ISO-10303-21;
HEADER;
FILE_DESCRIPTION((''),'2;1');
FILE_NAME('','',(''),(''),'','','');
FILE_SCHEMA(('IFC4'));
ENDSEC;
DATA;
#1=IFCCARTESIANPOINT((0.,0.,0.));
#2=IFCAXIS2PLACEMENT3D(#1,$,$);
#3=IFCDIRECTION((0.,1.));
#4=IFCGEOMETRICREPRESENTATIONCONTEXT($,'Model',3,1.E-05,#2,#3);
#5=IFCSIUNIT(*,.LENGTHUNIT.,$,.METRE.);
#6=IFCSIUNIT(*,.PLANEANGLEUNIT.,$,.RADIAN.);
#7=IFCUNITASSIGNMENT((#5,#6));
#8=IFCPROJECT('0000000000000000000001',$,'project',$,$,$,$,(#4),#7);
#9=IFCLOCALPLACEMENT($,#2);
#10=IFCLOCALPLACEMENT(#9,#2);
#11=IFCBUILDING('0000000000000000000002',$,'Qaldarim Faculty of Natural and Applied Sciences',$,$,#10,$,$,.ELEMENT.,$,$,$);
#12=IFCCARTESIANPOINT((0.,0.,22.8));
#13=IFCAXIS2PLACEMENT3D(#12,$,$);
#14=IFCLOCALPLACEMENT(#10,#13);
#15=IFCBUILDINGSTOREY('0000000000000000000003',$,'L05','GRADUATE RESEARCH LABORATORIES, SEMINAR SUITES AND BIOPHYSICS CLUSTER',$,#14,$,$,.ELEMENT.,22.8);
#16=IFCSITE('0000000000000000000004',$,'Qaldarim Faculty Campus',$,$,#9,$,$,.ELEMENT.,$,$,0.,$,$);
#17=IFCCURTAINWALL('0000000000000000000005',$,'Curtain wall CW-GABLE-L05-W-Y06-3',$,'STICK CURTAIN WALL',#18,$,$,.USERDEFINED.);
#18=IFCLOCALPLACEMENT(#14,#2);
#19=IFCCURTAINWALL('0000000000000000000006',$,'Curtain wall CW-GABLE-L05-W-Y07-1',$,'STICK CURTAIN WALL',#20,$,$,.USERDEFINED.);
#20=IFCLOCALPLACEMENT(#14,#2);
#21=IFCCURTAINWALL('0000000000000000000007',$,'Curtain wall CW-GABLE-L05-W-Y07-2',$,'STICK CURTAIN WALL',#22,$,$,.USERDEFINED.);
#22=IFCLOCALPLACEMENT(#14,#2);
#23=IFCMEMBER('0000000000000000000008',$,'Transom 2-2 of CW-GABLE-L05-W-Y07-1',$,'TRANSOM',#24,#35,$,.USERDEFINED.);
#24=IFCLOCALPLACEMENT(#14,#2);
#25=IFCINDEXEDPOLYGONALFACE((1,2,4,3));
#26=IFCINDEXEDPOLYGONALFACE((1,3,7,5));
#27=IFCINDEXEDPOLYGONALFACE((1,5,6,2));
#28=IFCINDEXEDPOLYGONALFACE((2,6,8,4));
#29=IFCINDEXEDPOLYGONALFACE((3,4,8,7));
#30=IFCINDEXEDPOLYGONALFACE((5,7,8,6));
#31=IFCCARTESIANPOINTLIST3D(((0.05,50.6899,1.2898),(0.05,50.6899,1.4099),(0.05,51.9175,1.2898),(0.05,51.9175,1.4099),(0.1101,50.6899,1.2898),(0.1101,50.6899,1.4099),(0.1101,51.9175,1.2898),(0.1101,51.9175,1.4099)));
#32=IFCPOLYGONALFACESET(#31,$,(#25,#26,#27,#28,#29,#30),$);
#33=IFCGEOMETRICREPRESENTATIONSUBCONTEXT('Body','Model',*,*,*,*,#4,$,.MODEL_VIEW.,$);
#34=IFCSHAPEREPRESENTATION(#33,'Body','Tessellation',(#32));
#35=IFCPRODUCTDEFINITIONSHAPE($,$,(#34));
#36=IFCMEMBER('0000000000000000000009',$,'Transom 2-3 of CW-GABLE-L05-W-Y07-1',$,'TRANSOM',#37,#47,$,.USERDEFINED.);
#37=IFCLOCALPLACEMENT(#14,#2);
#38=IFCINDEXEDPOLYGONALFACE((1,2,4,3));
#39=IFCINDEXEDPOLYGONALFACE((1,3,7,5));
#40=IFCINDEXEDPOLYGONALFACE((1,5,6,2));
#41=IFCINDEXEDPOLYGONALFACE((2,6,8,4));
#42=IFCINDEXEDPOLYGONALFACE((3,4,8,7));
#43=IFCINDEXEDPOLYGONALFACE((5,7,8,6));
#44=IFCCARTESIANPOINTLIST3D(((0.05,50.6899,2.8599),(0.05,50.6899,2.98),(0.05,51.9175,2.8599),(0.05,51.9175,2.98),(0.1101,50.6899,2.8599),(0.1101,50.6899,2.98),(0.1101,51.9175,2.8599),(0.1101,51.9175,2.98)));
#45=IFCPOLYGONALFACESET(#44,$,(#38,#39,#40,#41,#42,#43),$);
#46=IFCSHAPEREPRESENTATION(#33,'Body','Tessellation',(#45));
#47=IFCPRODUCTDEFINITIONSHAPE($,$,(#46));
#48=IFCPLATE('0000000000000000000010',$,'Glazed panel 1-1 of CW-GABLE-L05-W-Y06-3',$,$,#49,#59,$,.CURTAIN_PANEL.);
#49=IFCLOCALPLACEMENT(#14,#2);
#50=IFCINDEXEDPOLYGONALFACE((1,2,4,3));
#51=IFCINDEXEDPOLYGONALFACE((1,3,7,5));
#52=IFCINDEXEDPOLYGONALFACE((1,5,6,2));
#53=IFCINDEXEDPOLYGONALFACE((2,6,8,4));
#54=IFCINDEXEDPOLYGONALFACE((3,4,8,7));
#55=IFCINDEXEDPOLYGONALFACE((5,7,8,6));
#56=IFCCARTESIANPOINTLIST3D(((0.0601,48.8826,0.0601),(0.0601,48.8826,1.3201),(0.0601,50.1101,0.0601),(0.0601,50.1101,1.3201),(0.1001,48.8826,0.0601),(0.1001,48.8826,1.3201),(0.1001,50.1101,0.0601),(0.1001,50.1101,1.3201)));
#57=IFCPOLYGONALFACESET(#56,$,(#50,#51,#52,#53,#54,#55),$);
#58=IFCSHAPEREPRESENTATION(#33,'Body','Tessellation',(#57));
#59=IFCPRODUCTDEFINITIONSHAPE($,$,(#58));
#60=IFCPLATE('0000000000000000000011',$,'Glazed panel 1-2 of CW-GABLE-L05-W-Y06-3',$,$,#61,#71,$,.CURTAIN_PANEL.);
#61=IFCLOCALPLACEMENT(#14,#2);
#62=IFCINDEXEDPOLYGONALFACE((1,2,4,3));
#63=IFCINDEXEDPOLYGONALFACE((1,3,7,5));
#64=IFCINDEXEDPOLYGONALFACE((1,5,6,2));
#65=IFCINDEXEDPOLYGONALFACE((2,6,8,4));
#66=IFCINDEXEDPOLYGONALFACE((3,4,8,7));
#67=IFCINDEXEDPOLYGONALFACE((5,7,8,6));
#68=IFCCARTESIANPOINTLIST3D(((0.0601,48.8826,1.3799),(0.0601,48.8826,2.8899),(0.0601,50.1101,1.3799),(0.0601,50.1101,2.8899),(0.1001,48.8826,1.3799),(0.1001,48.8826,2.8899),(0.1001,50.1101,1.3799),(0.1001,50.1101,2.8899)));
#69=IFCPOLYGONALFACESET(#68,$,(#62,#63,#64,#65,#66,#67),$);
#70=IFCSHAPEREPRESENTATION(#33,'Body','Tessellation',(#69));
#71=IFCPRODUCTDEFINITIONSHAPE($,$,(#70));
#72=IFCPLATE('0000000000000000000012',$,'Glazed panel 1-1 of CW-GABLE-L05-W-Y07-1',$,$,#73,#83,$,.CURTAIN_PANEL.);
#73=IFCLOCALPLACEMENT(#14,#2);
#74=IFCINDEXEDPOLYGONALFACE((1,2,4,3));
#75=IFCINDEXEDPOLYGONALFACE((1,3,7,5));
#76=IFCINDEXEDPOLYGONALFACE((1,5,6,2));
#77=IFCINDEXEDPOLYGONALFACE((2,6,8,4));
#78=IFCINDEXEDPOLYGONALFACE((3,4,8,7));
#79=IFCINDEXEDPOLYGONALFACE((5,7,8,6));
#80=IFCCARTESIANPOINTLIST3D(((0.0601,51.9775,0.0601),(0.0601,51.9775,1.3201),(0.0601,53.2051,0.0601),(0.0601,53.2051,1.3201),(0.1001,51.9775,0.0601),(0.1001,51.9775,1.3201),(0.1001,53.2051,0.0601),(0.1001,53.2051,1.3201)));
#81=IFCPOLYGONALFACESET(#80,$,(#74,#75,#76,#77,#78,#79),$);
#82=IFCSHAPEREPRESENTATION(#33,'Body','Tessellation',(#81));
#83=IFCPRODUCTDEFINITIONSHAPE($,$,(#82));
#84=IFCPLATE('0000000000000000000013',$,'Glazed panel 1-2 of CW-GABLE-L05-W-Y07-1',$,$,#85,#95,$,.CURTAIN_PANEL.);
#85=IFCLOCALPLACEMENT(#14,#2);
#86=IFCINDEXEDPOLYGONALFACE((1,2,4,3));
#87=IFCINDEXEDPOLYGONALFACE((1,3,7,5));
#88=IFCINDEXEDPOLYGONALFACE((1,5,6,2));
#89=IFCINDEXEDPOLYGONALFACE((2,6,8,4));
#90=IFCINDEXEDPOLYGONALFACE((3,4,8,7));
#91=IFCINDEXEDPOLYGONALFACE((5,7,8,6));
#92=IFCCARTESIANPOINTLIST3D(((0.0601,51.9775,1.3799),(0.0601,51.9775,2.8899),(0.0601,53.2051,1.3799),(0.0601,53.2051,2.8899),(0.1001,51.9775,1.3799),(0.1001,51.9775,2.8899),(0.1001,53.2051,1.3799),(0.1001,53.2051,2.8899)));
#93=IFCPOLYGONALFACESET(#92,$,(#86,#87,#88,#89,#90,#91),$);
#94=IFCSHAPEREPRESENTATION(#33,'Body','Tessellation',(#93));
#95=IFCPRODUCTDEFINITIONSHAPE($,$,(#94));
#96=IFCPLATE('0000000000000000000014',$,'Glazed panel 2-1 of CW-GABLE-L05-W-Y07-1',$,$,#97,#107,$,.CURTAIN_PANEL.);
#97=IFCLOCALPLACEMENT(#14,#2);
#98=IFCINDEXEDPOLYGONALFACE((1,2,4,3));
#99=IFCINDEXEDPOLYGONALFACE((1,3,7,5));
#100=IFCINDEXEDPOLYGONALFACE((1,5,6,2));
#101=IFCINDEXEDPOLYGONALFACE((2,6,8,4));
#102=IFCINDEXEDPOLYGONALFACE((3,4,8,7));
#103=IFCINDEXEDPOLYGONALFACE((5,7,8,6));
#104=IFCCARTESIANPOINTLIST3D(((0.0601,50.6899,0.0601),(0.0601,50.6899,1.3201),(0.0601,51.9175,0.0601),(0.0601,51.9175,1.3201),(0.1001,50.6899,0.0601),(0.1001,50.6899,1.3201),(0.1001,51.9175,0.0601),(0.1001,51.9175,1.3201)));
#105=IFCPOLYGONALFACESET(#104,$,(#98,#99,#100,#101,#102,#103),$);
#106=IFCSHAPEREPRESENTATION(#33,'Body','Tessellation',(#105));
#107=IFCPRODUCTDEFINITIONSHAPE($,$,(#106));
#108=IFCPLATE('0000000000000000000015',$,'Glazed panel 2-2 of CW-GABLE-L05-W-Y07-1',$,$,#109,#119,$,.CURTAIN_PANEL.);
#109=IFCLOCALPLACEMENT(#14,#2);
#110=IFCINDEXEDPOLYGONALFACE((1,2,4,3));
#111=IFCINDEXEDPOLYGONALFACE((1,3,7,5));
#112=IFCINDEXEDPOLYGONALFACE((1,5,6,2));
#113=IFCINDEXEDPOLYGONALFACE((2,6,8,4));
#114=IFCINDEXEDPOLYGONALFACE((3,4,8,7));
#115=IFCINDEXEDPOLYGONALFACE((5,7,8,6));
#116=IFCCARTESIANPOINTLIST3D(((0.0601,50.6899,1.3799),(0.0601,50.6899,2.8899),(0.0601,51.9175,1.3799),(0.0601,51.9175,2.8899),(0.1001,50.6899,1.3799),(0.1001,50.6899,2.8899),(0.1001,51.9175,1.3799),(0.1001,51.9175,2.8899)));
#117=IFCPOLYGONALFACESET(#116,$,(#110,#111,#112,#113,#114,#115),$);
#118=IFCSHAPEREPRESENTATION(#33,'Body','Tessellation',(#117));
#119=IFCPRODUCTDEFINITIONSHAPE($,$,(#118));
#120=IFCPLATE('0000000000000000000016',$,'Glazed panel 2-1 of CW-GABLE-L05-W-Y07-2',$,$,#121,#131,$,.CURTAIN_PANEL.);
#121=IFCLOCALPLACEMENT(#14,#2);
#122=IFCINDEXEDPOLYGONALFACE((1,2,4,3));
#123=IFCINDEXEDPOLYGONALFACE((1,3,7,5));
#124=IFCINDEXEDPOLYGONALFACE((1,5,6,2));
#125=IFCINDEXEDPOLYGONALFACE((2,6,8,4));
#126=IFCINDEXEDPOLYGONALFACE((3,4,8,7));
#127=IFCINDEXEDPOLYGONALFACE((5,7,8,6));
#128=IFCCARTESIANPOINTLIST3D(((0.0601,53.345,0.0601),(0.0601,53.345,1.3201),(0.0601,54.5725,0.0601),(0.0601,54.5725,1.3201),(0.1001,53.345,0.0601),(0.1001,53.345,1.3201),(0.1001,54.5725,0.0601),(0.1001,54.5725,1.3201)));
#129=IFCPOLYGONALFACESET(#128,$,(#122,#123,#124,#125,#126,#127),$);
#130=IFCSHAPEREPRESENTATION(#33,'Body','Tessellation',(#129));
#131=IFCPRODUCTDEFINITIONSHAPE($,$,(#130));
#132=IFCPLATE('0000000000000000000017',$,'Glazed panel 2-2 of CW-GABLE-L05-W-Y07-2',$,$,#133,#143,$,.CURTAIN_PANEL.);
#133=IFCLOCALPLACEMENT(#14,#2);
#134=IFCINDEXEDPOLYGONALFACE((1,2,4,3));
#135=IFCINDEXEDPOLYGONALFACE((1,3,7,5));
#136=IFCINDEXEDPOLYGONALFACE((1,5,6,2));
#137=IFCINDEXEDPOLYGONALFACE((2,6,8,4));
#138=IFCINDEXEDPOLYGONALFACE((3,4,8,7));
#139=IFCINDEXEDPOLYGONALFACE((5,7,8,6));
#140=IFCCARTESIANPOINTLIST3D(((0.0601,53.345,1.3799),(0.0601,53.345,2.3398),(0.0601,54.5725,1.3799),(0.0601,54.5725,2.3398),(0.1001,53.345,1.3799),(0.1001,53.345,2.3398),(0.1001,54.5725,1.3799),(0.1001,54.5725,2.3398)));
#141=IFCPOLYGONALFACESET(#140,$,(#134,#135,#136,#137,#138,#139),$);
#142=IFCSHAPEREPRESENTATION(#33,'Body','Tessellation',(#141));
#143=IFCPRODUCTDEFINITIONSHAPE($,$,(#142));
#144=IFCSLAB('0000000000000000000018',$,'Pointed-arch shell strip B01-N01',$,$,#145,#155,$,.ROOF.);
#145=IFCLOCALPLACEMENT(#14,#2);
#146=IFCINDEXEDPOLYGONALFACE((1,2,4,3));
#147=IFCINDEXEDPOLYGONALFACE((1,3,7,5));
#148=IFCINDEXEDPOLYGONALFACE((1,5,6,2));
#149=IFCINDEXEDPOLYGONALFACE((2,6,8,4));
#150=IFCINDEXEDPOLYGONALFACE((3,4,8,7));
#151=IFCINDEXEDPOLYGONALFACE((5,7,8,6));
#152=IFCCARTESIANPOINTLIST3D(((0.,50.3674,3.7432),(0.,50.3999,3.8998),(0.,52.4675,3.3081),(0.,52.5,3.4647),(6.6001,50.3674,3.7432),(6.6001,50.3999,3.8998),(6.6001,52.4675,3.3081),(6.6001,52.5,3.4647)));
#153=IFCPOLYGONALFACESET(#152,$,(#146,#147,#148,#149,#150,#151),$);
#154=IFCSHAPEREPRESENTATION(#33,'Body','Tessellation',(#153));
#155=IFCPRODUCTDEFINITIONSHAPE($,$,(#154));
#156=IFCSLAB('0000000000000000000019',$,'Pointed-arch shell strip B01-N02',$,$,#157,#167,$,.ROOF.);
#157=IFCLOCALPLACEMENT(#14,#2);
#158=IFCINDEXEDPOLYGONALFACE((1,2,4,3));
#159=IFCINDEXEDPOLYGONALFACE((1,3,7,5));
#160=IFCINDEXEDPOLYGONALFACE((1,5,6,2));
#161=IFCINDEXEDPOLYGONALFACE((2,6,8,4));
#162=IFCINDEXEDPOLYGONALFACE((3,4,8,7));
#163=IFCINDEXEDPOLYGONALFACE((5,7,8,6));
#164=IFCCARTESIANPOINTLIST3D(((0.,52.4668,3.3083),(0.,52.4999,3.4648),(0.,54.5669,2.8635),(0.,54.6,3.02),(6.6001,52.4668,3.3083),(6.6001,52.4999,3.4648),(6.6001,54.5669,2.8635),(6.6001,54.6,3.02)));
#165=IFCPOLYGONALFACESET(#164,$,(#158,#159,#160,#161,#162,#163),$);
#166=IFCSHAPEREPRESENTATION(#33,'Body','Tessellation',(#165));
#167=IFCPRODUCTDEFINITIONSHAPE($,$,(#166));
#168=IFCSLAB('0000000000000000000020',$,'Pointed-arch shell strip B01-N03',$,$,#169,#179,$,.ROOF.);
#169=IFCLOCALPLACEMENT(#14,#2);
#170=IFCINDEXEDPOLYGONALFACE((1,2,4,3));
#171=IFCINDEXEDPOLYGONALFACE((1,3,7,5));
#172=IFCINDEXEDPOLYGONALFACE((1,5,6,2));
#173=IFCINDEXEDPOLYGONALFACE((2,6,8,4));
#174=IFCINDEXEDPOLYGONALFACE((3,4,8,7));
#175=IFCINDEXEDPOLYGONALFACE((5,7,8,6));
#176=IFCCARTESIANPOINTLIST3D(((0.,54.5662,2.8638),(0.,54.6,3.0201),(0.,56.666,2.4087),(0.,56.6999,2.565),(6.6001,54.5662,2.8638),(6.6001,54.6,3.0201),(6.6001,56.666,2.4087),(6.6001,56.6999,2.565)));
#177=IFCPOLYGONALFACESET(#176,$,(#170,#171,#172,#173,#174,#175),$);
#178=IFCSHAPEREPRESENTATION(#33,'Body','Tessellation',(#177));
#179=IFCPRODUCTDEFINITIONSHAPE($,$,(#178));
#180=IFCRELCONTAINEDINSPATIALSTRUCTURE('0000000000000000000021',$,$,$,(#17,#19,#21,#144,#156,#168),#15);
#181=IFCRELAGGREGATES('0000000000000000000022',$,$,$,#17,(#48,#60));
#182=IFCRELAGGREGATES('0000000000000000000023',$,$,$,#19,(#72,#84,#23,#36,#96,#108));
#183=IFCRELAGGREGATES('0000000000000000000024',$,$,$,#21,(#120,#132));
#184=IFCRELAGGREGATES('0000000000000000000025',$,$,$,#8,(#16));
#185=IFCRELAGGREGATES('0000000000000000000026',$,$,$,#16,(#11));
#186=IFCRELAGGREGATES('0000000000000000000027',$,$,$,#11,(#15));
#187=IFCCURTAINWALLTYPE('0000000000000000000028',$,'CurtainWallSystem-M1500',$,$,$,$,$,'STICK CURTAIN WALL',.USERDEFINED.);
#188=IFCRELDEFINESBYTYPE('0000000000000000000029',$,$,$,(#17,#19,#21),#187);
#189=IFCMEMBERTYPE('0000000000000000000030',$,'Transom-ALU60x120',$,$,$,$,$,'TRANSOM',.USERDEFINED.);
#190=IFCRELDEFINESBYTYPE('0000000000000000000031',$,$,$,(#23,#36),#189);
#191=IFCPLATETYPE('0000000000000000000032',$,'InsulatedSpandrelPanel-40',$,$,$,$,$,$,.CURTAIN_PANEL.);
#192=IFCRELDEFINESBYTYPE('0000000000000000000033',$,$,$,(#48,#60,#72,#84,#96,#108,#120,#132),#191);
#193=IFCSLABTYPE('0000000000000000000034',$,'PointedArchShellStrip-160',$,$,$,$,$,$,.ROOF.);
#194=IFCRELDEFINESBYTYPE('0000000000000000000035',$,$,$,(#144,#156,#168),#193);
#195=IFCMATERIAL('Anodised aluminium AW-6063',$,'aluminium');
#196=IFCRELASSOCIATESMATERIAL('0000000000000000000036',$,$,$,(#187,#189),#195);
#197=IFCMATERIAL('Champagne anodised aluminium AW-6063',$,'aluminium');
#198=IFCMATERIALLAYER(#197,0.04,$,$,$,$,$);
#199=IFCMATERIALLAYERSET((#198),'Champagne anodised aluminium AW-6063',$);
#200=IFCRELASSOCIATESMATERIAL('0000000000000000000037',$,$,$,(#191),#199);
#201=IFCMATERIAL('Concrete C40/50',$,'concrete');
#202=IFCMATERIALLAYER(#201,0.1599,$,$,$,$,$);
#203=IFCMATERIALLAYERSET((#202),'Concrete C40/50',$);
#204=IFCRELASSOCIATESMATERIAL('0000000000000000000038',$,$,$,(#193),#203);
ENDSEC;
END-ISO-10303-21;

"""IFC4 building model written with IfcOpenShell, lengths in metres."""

from ifc_helpers import new_model, si_unit, direction, frame, origin, origin_2d, place, context, subcontext, project, spatial, polyline, rectangle, outline, extrude, material, layer, layer_set, material_profile, profile_set, type_object, element, aggregate, save


model = new_model("IFC4")

# Units and contexts
model_context = context("Model", 3, precision=1e-05, world=origin(), true_north=direction((0.0, 1.0)))
body_context = subcontext(model_context, "Body", "Model", "MODEL_VIEW")
ifc_project = project(units=[si_unit("LENGTHUNIT", "METRE"), si_unit("PLANEANGLEUNIT", "RADIAN")], contexts=[model_context])

# Site, building, storey
site_placement = place(None, origin())
site = spatial("IfcSite", under=ifc_project, at=site_placement, Name="Qaldarim Faculty Campus", CompositionType="ELEMENT", RefElevation=0.0)
building_placement = place(site_placement, origin())
building = spatial("IfcBuilding", under=site, at=building_placement, Name="Qaldarim Faculty of Natural and Applied Sciences", CompositionType="ELEMENT")
storey_placement = place(building_placement, frame((0.0, 0.0, 22.8)))
storey = spatial("IfcBuildingStorey", under=building, at=storey_placement, Name="L05", Description="GRADUATE RESEARCH LABORATORIES, SEMINAR SUITES AND BIOPHYSICS CLUSTER", CompositionType="ELEMENT", Elevation=22.8)

# Shared definitions
ifc_material_1 = material(Name="Concrete C40/50", Category="concrete")

# Curtain wall
ifc_material_2 = material(Name="Anodised aluminium AW-6063", Category="aluminium")
curtain_wall_type = type_object("IfcCurtainWallType", Name="CurtainWallSystem-M1500", ElementType="STICK CURTAIN WALL", PredefinedType="USERDEFINED", material=ifc_material_2)
curtain_wall_1_placement = place(storey_placement, origin())
curtain_wall_1 = element("IfcCurtainWall", 1, at=curtain_wall_1_placement, inside=storey, type_object=curtain_wall_type, Name="Curtain wall CW-GABLE-L05-W-Y06-3", ObjectType="STICK CURTAIN WALL", PredefinedType="USERDEFINED")

# Curtain wall
curtain_wall_2_placement = place(storey_placement, origin())
curtain_wall_2 = element("IfcCurtainWall", 2, at=curtain_wall_2_placement, inside=storey, type_object=curtain_wall_type, Name="Curtain wall CW-GABLE-L05-W-Y07-1", ObjectType="STICK CURTAIN WALL", PredefinedType="USERDEFINED")

# Curtain wall
curtain_wall_3_placement = place(storey_placement, origin())
curtain_wall_3 = element("IfcCurtainWall", 3, at=curtain_wall_3_placement, inside=storey, type_object=curtain_wall_type, Name="Curtain wall CW-GABLE-L05-W-Y07-2", ObjectType="STICK CURTAIN WALL", PredefinedType="USERDEFINED")

# Members
ifc_material_profile_1 = material_profile(ifc_material_2, rectangle(XDim=0.0601, YDim=0.1201, at=origin_2d()), Name="ALU-T60x120")
ifc_profile_set_1 = profile_set([ifc_material_profile_1], Name="Anodised aluminium AW-6063")
member_type_1 = type_object("IfcMemberType", Name="Transom-ALU60x120", ElementType="TRANSOM", PredefinedType="USERDEFINED", material=ifc_profile_set_1)
member_1_placement = place(storey_placement, frame((0.0801, 51.9175, 1.3499), z_axis=(0.0, -1.0, 0.0), x_axis=(1.0, 0.0, 0.0)))
member_1 = element("IfcMember", 4, at=member_1_placement, type_object=member_type_1, Name="Transom 2-2 of CW-GABLE-L05-W-Y07-1", ObjectType="TRANSOM", PredefinedType="USERDEFINED", context=body_context, shape_type="SweptSolid", body=[
    extrude(rectangle(XDim=0.0601, YDim=0.1201, at=origin_2d()), origin(), (0.0, 0.0, 1.0), 1.2275),
])
member_2_placement = place(storey_placement, frame((0.0801, 51.9175, 2.9199), z_axis=(0.0, -1.0, 0.0), x_axis=(1.0, 0.0, 0.0)))
member_2 = element("IfcMember", 5, at=member_2_placement, type_object=member_type_1, Name="Transom 2-3 of CW-GABLE-L05-W-Y07-1", ObjectType="TRANSOM", PredefinedType="USERDEFINED", context=body_context, shape_type="SweptSolid", body=[
    extrude(rectangle(XDim=0.0601, YDim=0.1201, at=origin_2d()), origin(), (0.0, 0.0, 1.0), 1.2275),
])

# Plates
ifc_material_3 = material(Name="Champagne anodised aluminium AW-6063", Category="aluminium")
ifc_layer_1 = layer(ifc_material_3, 0.04)
ifc_layer_set_1 = layer_set([ifc_layer_1], Name="Champagne anodised aluminium AW-6063")
plate_type = type_object("IfcPlateType", Name="InsulatedSpandrelPanel-40", PredefinedType="CURTAIN_PANEL", material=ifc_layer_set_1)
plate_1_placement = place(storey_placement, frame((0.0801, 49.4963, 0.0601), z_axis=(0.0, 0.0, 1.0), x_axis=(0.0, -1.0, 0.0)))
plate_1 = element("IfcPlate", 6, at=plate_1_placement, type_object=plate_type, Name="Glazed panel 1-1 of CW-GABLE-L05-W-Y06-3", PredefinedType="CURTAIN_PANEL", context=body_context, shape_type="SweptSolid", body=[
    extrude(rectangle(XDim=1.2275, YDim=0.04, at=origin_2d()), origin(), (0.0, 0.0, 1.0), 1.26),
])
plate_2_placement = place(storey_placement, frame((0.0801, 49.4963, 1.3799), z_axis=(0.0, 0.0, 1.0), x_axis=(0.0, -1.0, 0.0)))
plate_2 = element("IfcPlate", 7, at=plate_2_placement, type_object=plate_type, Name="Glazed panel 1-2 of CW-GABLE-L05-W-Y06-3", PredefinedType="CURTAIN_PANEL", context=body_context, shape_type="SweptSolid", body=[
    extrude(rectangle(XDim=1.2275, YDim=0.04, at=origin_2d()), origin(), (0.0, 0.0, 1.0), 1.51),
])
aggregate(curtain_wall_1, [plate_1, plate_2])
plate_3_placement = place(storey_placement, frame((0.0801, 52.5913, 0.0601), z_axis=(0.0, 0.0, 1.0), x_axis=(0.0, -1.0, 0.0)))
plate_3 = element("IfcPlate", 8, at=plate_3_placement, type_object=plate_type, Name="Glazed panel 1-1 of CW-GABLE-L05-W-Y07-1", PredefinedType="CURTAIN_PANEL", context=body_context, shape_type="SweptSolid", body=[
    extrude(rectangle(XDim=1.2275, YDim=0.04, at=origin_2d()), origin(), (0.0, 0.0, 1.0), 1.26),
])
plate_4_placement = place(storey_placement, frame((0.0801, 52.5913, 1.3799), z_axis=(0.0, 0.0, 1.0), x_axis=(0.0, -1.0, 0.0)))
plate_4 = element("IfcPlate", 9, at=plate_4_placement, type_object=plate_type, Name="Glazed panel 1-2 of CW-GABLE-L05-W-Y07-1", PredefinedType="CURTAIN_PANEL", context=body_context, shape_type="SweptSolid", body=[
    extrude(rectangle(XDim=1.2275, YDim=0.04, at=origin_2d()), origin(), (0.0, 0.0, 1.0), 1.51),
])
plate_5_placement = place(storey_placement, frame((0.0801, 51.3037, 0.0601), z_axis=(0.0, 0.0, 1.0), x_axis=(0.0, -1.0, 0.0)))
plate_5 = element("IfcPlate", 10, at=plate_5_placement, type_object=plate_type, Name="Glazed panel 2-1 of CW-GABLE-L05-W-Y07-1", PredefinedType="CURTAIN_PANEL", context=body_context, shape_type="SweptSolid", body=[
    extrude(rectangle(XDim=1.2275, YDim=0.04, at=origin_2d()), origin(), (0.0, 0.0, 1.0), 1.26),
])
plate_6_placement = place(storey_placement, frame((0.0801, 51.3037, 1.3799), z_axis=(0.0, 0.0, 1.0), x_axis=(0.0, -1.0, 0.0)))
plate_6 = element("IfcPlate", 11, at=plate_6_placement, type_object=plate_type, Name="Glazed panel 2-2 of CW-GABLE-L05-W-Y07-1", PredefinedType="CURTAIN_PANEL", context=body_context, shape_type="SweptSolid", body=[
    extrude(rectangle(XDim=1.2275, YDim=0.04, at=origin_2d()), origin(), (0.0, 0.0, 1.0), 1.51),
])
aggregate(curtain_wall_2, [plate_3, plate_4, member_1, member_2, plate_5, plate_6])
plate_7_placement = place(storey_placement, frame((0.0801, 53.9587, 0.0601), z_axis=(0.0, 0.0, 1.0), x_axis=(0.0, -1.0, 0.0)))
plate_7 = element("IfcPlate", 12, at=plate_7_placement, type_object=plate_type, Name="Glazed panel 2-1 of CW-GABLE-L05-W-Y07-2", PredefinedType="CURTAIN_PANEL", context=body_context, shape_type="SweptSolid", body=[
    extrude(rectangle(XDim=1.2275, YDim=0.04, at=origin_2d()), origin(), (0.0, 0.0, 1.0), 1.26),
])
plate_8_placement = place(storey_placement, frame((0.0801, 53.9587, 1.3799), z_axis=(0.0, 0.0, 1.0), x_axis=(0.0, -1.0, 0.0)))
plate_8 = element("IfcPlate", 13, at=plate_8_placement, type_object=plate_type, Name="Glazed panel 2-2 of CW-GABLE-L05-W-Y07-2", PredefinedType="CURTAIN_PANEL", context=body_context, shape_type="SweptSolid", body=[
    extrude(rectangle(XDim=1.2275, YDim=0.04, at=origin_2d()), origin(), (0.0, 0.0, 1.0), 0.96),
])
aggregate(curtain_wall_3, [plate_7, plate_8])

# Slabs
ifc_layer_2 = layer(ifc_material_1, 0.1599)
ifc_layer_set_2 = layer_set([ifc_layer_2], Name="Concrete C40/50")
slab_type = type_object("IfcSlabType", Name="PointedArchShellStrip-160", PredefinedType="ROOF", material=ifc_layer_set_2)
slab_1_placement = place(storey_placement, frame((0.0, 50.3674, 3.7432), z_axis=(0.0, 0.202854, 0.979209), x_axis=(1.0, 0.0, 0.0)))
element("IfcSlab", 14, at=slab_1_placement, inside=storey, type_object=slab_type, Name="Pointed-arch shell strip B01-N01", PredefinedType="ROOF", context=body_context, shape_type="SweptSolid", body=[
    extrude(outline(polyline([(0.0, 0.0), (6.6001, 0.0), (6.6001, 2.1447), (0.0, 2.1447), (0.0, 0.0)])), origin(), (0.0, 0.0, 1.0), 0.1599),
])
slab_2_placement = place(storey_placement, frame((0.0, 52.4668, 3.3083), z_axis=(0.0, 0.207214, 0.978296), x_axis=(1.0, 0.0, 0.0)))
element("IfcSlab", 15, at=slab_2_placement, inside=storey, type_object=slab_type, Name="Pointed-arch shell strip B01-N02", PredefinedType="ROOF", context=body_context, shape_type="SweptSolid", body=[
    extrude(outline(polyline([(0.0, 0.0), (6.6001, 0.0), (6.6001, 2.1467), (0.0, 2.1467), (0.0, 0.0)])), origin(), (0.0, 0.0, 1.0), 0.1599),
])
slab_3_placement = place(storey_placement, frame((0.0, 54.5662, 2.8638), z_axis=(0.0, 0.211802, 0.977313), x_axis=(1.0, 0.0, 0.0)))
element("IfcSlab", 16, at=slab_3_placement, inside=storey, type_object=slab_type, Name="Pointed-arch shell strip B01-N03", PredefinedType="ROOF", context=body_context, shape_type="SweptSolid", body=[
    extrude(outline(polyline([(0.0, 0.0), (6.6001, 0.0), (6.6001, 2.1486), (0.0, 2.1486), (0.0, 0.0)])), origin(), (0.0, 0.0, 1.0), 0.1599),
])

save(model, "model.ifc")
